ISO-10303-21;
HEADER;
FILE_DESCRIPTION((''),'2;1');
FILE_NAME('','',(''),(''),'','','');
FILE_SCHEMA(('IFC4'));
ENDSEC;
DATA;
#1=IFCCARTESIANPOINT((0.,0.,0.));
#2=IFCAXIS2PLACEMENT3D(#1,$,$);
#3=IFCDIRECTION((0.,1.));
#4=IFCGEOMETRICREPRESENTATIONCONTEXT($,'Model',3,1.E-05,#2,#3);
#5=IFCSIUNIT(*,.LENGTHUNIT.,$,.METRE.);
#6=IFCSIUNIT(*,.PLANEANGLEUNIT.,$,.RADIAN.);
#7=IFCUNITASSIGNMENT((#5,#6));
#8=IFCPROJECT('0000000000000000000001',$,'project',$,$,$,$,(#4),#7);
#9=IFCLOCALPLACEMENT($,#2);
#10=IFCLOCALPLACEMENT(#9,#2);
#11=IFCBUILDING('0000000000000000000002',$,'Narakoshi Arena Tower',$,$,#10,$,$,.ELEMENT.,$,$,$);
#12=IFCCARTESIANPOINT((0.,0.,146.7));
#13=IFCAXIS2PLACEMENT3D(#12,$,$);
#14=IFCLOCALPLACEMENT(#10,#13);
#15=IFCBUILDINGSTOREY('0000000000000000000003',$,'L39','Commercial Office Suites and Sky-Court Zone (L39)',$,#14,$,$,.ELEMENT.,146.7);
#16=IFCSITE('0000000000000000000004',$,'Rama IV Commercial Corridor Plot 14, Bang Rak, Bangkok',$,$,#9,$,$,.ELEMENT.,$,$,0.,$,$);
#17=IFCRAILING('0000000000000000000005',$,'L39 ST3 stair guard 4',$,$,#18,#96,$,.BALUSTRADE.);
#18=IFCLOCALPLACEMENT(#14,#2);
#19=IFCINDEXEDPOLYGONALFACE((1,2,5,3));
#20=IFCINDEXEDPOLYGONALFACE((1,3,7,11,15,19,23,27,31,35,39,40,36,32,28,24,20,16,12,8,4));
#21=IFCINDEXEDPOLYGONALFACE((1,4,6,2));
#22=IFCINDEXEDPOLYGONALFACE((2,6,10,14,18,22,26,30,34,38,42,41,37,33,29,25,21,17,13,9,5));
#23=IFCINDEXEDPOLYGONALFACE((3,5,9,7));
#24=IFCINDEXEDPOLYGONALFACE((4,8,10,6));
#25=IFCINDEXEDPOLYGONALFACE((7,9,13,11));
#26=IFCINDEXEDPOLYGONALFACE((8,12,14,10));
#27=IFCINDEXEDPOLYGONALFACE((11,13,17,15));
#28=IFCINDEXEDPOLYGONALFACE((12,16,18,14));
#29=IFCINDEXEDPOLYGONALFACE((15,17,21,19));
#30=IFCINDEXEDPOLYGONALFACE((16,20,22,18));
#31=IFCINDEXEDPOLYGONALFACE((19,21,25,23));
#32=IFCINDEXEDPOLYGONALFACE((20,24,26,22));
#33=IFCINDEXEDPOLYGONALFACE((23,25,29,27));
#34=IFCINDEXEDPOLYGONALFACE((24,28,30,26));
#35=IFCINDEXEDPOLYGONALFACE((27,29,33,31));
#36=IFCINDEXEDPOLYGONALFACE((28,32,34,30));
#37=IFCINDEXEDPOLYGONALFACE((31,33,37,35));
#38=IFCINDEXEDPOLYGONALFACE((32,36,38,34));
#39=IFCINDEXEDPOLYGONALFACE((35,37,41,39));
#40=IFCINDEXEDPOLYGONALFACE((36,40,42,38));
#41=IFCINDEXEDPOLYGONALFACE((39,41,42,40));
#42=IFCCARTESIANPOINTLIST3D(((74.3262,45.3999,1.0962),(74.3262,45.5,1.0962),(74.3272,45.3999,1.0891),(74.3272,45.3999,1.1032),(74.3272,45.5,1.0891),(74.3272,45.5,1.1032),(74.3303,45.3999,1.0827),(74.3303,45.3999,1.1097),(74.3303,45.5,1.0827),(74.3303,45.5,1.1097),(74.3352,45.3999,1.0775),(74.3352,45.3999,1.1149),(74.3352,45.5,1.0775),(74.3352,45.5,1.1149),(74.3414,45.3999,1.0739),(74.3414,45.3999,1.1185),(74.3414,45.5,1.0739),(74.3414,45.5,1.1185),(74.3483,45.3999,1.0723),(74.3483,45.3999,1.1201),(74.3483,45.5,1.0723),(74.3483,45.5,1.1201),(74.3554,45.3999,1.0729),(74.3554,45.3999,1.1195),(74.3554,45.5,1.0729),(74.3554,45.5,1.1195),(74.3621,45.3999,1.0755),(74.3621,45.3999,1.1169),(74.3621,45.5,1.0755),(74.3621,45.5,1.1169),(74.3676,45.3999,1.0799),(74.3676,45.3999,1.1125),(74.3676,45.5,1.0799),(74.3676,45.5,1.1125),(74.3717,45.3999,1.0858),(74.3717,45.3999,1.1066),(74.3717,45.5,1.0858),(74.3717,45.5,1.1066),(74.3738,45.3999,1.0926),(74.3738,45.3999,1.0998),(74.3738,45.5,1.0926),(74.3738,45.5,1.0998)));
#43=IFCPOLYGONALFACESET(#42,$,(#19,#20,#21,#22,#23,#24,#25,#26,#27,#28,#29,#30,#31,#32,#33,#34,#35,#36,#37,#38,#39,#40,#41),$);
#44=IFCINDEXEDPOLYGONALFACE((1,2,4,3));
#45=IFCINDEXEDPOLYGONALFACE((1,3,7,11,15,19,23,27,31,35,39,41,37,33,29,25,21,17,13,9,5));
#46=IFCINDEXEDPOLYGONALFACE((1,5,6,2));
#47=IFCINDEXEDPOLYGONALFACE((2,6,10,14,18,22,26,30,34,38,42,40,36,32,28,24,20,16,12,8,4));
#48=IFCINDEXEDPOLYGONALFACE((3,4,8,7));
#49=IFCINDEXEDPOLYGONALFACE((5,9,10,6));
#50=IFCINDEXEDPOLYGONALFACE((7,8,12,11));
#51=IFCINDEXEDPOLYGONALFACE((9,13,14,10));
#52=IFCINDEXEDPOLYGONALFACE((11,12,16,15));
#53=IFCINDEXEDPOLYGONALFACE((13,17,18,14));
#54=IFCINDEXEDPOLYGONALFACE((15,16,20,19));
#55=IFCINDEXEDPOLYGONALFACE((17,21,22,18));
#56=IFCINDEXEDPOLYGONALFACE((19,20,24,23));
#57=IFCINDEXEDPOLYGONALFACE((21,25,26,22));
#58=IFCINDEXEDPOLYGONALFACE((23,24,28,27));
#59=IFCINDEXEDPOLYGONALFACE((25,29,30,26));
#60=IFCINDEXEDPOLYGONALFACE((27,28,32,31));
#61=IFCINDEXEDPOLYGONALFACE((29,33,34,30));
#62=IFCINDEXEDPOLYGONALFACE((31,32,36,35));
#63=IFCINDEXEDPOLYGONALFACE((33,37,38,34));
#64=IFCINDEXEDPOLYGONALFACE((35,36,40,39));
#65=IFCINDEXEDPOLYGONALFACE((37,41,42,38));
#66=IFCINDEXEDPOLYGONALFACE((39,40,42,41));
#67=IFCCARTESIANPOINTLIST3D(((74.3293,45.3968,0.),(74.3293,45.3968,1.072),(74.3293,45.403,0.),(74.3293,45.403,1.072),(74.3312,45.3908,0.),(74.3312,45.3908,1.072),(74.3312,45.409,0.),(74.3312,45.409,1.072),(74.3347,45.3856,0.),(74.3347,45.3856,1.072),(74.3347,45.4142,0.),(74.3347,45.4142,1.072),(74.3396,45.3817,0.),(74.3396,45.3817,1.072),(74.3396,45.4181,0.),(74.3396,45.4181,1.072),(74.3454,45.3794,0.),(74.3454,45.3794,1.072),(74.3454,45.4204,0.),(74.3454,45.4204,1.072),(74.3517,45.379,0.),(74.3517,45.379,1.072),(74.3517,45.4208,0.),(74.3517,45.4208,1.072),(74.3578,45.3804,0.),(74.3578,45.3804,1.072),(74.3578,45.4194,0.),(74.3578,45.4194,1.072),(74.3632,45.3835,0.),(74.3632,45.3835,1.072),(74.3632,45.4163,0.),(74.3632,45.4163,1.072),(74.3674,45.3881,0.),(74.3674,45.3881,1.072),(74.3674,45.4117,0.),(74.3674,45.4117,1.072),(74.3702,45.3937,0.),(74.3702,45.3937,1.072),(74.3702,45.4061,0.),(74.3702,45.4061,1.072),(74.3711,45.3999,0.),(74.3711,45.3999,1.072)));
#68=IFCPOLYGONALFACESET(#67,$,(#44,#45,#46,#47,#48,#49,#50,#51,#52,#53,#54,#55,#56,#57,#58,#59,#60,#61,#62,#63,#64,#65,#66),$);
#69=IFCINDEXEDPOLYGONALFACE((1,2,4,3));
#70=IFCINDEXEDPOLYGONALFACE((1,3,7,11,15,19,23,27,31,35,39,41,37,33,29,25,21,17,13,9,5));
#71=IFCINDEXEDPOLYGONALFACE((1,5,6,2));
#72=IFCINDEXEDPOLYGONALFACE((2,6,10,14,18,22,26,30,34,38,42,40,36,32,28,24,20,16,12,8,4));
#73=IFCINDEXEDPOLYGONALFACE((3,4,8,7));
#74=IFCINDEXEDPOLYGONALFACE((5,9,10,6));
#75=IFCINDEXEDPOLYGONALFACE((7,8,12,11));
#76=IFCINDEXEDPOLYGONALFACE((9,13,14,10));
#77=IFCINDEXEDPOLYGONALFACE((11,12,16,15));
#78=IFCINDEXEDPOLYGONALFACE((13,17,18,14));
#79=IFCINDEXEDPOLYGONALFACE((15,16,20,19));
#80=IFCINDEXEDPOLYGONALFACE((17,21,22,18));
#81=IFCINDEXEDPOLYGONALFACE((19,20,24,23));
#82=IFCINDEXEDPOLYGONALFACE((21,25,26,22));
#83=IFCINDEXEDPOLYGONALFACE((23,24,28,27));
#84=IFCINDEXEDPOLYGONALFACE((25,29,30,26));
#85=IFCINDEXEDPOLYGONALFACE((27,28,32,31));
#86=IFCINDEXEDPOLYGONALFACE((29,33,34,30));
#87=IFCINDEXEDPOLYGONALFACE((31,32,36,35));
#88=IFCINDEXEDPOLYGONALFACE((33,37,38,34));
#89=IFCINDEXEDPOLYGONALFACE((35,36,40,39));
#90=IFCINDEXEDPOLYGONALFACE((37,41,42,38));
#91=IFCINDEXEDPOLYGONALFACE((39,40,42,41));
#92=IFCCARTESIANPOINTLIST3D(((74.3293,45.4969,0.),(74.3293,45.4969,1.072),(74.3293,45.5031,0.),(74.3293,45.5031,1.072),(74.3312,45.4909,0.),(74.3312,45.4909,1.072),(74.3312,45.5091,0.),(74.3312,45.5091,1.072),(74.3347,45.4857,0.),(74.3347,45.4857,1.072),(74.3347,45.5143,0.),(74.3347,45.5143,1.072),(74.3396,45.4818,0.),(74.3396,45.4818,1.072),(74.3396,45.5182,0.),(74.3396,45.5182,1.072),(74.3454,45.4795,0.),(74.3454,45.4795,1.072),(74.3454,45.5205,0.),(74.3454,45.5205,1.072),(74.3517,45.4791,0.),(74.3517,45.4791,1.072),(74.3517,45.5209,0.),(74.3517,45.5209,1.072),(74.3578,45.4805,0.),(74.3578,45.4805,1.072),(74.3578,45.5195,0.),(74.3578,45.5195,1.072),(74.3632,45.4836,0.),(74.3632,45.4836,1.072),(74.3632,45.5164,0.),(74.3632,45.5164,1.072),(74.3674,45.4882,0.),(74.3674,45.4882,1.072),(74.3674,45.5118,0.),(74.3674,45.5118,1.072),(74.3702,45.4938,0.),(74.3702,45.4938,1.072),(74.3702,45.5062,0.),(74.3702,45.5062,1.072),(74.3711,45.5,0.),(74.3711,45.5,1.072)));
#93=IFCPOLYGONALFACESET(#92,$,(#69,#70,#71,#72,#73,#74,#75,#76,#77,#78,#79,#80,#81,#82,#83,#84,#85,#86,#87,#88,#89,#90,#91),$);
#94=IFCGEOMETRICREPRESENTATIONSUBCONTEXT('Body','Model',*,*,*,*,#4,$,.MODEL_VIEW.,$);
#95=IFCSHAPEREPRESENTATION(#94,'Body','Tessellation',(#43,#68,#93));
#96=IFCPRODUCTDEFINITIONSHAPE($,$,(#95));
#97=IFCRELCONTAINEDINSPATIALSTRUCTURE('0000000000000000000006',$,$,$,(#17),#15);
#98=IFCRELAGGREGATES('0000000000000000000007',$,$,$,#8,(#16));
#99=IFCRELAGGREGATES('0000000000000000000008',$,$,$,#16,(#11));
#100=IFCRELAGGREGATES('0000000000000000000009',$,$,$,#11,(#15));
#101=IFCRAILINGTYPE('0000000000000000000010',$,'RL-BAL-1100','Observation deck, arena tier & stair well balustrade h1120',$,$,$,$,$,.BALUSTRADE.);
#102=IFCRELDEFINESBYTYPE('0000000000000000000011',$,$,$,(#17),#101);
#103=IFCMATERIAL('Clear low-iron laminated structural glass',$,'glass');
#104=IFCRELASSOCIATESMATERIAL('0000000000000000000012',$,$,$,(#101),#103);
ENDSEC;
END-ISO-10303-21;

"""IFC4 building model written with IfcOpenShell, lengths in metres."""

from ifc_helpers import new_model, si_unit, direction, frame, origin, origin_2d, place, context, subcontext, project, spatial, circle, extrude, material, type_object, element, save


model = new_model("IFC4")

# Units and contexts
model_context = context("Model", 3, precision=1e-05, world=origin(), true_north=direction((0.0, 1.0)))
body_context = subcontext(model_context, "Body", "Model", "MODEL_VIEW")
ifc_project = project(units=[si_unit("LENGTHUNIT", "METRE"), si_unit("PLANEANGLEUNIT", "RADIAN")], contexts=[model_context])

# Site, building, storey
site_placement = place(None, origin())
site = spatial("IfcSite", under=ifc_project, at=site_placement, Name="Rama IV Commercial Corridor Plot 14, Bang Rak, Bangkok", CompositionType="ELEMENT", RefElevation=0.0)
building_placement = place(site_placement, origin())
building = spatial("IfcBuilding", under=site, at=building_placement, Name="Narakoshi Arena Tower", CompositionType="ELEMENT")
storey_placement = place(building_placement, frame((0.0, 0.0, 146.7)))
storey = spatial("IfcBuildingStorey", under=building, at=storey_placement, Name="L39", Description="Commercial Office Suites and Sky-Court Zone (L39)", CompositionType="ELEMENT", Elevation=146.7)

# Railing
ifc_material_1 = material(Name="Clear low-iron laminated structural glass", Category="glass")
railing_type_1 = type_object("IfcRailingType", Name="RL-BAL-1100", Description="Observation deck, arena tier & stair well balustrade h1120", PredefinedType="BALUSTRADE", material=ifc_material_1)
railing_1_placement = place(storey_placement, frame((74.3501, 45.3999, 0.0)))
element("IfcRailing", 1, at=railing_1_placement, inside=storey, type_object=railing_type_1, Name="L39 ST3 stair guard 4", PredefinedType="BALUSTRADE", context=body_context, shape_type="SweptSolid", body=[
    extrude(circle(Radius=0.0239, at=origin_2d()), frame((0.0, 0.0, 1.0962), z_axis=(0.0, 1.0, 0.0), x_axis=(-1.0, 0.0, 0.0)), (0.0, 0.0, 1.0), 0.1001),
    extrude(circle(Radius=0.021, at=origin_2d()), origin(), (0.0, 0.0, 1.0), 1.072),
    extrude(circle(Radius=0.021, at=origin_2d()), frame((0.0, 0.1001, 0.0)), (0.0, 0.0, 1.0), 1.072),
])

save(model, "model.ifc")
